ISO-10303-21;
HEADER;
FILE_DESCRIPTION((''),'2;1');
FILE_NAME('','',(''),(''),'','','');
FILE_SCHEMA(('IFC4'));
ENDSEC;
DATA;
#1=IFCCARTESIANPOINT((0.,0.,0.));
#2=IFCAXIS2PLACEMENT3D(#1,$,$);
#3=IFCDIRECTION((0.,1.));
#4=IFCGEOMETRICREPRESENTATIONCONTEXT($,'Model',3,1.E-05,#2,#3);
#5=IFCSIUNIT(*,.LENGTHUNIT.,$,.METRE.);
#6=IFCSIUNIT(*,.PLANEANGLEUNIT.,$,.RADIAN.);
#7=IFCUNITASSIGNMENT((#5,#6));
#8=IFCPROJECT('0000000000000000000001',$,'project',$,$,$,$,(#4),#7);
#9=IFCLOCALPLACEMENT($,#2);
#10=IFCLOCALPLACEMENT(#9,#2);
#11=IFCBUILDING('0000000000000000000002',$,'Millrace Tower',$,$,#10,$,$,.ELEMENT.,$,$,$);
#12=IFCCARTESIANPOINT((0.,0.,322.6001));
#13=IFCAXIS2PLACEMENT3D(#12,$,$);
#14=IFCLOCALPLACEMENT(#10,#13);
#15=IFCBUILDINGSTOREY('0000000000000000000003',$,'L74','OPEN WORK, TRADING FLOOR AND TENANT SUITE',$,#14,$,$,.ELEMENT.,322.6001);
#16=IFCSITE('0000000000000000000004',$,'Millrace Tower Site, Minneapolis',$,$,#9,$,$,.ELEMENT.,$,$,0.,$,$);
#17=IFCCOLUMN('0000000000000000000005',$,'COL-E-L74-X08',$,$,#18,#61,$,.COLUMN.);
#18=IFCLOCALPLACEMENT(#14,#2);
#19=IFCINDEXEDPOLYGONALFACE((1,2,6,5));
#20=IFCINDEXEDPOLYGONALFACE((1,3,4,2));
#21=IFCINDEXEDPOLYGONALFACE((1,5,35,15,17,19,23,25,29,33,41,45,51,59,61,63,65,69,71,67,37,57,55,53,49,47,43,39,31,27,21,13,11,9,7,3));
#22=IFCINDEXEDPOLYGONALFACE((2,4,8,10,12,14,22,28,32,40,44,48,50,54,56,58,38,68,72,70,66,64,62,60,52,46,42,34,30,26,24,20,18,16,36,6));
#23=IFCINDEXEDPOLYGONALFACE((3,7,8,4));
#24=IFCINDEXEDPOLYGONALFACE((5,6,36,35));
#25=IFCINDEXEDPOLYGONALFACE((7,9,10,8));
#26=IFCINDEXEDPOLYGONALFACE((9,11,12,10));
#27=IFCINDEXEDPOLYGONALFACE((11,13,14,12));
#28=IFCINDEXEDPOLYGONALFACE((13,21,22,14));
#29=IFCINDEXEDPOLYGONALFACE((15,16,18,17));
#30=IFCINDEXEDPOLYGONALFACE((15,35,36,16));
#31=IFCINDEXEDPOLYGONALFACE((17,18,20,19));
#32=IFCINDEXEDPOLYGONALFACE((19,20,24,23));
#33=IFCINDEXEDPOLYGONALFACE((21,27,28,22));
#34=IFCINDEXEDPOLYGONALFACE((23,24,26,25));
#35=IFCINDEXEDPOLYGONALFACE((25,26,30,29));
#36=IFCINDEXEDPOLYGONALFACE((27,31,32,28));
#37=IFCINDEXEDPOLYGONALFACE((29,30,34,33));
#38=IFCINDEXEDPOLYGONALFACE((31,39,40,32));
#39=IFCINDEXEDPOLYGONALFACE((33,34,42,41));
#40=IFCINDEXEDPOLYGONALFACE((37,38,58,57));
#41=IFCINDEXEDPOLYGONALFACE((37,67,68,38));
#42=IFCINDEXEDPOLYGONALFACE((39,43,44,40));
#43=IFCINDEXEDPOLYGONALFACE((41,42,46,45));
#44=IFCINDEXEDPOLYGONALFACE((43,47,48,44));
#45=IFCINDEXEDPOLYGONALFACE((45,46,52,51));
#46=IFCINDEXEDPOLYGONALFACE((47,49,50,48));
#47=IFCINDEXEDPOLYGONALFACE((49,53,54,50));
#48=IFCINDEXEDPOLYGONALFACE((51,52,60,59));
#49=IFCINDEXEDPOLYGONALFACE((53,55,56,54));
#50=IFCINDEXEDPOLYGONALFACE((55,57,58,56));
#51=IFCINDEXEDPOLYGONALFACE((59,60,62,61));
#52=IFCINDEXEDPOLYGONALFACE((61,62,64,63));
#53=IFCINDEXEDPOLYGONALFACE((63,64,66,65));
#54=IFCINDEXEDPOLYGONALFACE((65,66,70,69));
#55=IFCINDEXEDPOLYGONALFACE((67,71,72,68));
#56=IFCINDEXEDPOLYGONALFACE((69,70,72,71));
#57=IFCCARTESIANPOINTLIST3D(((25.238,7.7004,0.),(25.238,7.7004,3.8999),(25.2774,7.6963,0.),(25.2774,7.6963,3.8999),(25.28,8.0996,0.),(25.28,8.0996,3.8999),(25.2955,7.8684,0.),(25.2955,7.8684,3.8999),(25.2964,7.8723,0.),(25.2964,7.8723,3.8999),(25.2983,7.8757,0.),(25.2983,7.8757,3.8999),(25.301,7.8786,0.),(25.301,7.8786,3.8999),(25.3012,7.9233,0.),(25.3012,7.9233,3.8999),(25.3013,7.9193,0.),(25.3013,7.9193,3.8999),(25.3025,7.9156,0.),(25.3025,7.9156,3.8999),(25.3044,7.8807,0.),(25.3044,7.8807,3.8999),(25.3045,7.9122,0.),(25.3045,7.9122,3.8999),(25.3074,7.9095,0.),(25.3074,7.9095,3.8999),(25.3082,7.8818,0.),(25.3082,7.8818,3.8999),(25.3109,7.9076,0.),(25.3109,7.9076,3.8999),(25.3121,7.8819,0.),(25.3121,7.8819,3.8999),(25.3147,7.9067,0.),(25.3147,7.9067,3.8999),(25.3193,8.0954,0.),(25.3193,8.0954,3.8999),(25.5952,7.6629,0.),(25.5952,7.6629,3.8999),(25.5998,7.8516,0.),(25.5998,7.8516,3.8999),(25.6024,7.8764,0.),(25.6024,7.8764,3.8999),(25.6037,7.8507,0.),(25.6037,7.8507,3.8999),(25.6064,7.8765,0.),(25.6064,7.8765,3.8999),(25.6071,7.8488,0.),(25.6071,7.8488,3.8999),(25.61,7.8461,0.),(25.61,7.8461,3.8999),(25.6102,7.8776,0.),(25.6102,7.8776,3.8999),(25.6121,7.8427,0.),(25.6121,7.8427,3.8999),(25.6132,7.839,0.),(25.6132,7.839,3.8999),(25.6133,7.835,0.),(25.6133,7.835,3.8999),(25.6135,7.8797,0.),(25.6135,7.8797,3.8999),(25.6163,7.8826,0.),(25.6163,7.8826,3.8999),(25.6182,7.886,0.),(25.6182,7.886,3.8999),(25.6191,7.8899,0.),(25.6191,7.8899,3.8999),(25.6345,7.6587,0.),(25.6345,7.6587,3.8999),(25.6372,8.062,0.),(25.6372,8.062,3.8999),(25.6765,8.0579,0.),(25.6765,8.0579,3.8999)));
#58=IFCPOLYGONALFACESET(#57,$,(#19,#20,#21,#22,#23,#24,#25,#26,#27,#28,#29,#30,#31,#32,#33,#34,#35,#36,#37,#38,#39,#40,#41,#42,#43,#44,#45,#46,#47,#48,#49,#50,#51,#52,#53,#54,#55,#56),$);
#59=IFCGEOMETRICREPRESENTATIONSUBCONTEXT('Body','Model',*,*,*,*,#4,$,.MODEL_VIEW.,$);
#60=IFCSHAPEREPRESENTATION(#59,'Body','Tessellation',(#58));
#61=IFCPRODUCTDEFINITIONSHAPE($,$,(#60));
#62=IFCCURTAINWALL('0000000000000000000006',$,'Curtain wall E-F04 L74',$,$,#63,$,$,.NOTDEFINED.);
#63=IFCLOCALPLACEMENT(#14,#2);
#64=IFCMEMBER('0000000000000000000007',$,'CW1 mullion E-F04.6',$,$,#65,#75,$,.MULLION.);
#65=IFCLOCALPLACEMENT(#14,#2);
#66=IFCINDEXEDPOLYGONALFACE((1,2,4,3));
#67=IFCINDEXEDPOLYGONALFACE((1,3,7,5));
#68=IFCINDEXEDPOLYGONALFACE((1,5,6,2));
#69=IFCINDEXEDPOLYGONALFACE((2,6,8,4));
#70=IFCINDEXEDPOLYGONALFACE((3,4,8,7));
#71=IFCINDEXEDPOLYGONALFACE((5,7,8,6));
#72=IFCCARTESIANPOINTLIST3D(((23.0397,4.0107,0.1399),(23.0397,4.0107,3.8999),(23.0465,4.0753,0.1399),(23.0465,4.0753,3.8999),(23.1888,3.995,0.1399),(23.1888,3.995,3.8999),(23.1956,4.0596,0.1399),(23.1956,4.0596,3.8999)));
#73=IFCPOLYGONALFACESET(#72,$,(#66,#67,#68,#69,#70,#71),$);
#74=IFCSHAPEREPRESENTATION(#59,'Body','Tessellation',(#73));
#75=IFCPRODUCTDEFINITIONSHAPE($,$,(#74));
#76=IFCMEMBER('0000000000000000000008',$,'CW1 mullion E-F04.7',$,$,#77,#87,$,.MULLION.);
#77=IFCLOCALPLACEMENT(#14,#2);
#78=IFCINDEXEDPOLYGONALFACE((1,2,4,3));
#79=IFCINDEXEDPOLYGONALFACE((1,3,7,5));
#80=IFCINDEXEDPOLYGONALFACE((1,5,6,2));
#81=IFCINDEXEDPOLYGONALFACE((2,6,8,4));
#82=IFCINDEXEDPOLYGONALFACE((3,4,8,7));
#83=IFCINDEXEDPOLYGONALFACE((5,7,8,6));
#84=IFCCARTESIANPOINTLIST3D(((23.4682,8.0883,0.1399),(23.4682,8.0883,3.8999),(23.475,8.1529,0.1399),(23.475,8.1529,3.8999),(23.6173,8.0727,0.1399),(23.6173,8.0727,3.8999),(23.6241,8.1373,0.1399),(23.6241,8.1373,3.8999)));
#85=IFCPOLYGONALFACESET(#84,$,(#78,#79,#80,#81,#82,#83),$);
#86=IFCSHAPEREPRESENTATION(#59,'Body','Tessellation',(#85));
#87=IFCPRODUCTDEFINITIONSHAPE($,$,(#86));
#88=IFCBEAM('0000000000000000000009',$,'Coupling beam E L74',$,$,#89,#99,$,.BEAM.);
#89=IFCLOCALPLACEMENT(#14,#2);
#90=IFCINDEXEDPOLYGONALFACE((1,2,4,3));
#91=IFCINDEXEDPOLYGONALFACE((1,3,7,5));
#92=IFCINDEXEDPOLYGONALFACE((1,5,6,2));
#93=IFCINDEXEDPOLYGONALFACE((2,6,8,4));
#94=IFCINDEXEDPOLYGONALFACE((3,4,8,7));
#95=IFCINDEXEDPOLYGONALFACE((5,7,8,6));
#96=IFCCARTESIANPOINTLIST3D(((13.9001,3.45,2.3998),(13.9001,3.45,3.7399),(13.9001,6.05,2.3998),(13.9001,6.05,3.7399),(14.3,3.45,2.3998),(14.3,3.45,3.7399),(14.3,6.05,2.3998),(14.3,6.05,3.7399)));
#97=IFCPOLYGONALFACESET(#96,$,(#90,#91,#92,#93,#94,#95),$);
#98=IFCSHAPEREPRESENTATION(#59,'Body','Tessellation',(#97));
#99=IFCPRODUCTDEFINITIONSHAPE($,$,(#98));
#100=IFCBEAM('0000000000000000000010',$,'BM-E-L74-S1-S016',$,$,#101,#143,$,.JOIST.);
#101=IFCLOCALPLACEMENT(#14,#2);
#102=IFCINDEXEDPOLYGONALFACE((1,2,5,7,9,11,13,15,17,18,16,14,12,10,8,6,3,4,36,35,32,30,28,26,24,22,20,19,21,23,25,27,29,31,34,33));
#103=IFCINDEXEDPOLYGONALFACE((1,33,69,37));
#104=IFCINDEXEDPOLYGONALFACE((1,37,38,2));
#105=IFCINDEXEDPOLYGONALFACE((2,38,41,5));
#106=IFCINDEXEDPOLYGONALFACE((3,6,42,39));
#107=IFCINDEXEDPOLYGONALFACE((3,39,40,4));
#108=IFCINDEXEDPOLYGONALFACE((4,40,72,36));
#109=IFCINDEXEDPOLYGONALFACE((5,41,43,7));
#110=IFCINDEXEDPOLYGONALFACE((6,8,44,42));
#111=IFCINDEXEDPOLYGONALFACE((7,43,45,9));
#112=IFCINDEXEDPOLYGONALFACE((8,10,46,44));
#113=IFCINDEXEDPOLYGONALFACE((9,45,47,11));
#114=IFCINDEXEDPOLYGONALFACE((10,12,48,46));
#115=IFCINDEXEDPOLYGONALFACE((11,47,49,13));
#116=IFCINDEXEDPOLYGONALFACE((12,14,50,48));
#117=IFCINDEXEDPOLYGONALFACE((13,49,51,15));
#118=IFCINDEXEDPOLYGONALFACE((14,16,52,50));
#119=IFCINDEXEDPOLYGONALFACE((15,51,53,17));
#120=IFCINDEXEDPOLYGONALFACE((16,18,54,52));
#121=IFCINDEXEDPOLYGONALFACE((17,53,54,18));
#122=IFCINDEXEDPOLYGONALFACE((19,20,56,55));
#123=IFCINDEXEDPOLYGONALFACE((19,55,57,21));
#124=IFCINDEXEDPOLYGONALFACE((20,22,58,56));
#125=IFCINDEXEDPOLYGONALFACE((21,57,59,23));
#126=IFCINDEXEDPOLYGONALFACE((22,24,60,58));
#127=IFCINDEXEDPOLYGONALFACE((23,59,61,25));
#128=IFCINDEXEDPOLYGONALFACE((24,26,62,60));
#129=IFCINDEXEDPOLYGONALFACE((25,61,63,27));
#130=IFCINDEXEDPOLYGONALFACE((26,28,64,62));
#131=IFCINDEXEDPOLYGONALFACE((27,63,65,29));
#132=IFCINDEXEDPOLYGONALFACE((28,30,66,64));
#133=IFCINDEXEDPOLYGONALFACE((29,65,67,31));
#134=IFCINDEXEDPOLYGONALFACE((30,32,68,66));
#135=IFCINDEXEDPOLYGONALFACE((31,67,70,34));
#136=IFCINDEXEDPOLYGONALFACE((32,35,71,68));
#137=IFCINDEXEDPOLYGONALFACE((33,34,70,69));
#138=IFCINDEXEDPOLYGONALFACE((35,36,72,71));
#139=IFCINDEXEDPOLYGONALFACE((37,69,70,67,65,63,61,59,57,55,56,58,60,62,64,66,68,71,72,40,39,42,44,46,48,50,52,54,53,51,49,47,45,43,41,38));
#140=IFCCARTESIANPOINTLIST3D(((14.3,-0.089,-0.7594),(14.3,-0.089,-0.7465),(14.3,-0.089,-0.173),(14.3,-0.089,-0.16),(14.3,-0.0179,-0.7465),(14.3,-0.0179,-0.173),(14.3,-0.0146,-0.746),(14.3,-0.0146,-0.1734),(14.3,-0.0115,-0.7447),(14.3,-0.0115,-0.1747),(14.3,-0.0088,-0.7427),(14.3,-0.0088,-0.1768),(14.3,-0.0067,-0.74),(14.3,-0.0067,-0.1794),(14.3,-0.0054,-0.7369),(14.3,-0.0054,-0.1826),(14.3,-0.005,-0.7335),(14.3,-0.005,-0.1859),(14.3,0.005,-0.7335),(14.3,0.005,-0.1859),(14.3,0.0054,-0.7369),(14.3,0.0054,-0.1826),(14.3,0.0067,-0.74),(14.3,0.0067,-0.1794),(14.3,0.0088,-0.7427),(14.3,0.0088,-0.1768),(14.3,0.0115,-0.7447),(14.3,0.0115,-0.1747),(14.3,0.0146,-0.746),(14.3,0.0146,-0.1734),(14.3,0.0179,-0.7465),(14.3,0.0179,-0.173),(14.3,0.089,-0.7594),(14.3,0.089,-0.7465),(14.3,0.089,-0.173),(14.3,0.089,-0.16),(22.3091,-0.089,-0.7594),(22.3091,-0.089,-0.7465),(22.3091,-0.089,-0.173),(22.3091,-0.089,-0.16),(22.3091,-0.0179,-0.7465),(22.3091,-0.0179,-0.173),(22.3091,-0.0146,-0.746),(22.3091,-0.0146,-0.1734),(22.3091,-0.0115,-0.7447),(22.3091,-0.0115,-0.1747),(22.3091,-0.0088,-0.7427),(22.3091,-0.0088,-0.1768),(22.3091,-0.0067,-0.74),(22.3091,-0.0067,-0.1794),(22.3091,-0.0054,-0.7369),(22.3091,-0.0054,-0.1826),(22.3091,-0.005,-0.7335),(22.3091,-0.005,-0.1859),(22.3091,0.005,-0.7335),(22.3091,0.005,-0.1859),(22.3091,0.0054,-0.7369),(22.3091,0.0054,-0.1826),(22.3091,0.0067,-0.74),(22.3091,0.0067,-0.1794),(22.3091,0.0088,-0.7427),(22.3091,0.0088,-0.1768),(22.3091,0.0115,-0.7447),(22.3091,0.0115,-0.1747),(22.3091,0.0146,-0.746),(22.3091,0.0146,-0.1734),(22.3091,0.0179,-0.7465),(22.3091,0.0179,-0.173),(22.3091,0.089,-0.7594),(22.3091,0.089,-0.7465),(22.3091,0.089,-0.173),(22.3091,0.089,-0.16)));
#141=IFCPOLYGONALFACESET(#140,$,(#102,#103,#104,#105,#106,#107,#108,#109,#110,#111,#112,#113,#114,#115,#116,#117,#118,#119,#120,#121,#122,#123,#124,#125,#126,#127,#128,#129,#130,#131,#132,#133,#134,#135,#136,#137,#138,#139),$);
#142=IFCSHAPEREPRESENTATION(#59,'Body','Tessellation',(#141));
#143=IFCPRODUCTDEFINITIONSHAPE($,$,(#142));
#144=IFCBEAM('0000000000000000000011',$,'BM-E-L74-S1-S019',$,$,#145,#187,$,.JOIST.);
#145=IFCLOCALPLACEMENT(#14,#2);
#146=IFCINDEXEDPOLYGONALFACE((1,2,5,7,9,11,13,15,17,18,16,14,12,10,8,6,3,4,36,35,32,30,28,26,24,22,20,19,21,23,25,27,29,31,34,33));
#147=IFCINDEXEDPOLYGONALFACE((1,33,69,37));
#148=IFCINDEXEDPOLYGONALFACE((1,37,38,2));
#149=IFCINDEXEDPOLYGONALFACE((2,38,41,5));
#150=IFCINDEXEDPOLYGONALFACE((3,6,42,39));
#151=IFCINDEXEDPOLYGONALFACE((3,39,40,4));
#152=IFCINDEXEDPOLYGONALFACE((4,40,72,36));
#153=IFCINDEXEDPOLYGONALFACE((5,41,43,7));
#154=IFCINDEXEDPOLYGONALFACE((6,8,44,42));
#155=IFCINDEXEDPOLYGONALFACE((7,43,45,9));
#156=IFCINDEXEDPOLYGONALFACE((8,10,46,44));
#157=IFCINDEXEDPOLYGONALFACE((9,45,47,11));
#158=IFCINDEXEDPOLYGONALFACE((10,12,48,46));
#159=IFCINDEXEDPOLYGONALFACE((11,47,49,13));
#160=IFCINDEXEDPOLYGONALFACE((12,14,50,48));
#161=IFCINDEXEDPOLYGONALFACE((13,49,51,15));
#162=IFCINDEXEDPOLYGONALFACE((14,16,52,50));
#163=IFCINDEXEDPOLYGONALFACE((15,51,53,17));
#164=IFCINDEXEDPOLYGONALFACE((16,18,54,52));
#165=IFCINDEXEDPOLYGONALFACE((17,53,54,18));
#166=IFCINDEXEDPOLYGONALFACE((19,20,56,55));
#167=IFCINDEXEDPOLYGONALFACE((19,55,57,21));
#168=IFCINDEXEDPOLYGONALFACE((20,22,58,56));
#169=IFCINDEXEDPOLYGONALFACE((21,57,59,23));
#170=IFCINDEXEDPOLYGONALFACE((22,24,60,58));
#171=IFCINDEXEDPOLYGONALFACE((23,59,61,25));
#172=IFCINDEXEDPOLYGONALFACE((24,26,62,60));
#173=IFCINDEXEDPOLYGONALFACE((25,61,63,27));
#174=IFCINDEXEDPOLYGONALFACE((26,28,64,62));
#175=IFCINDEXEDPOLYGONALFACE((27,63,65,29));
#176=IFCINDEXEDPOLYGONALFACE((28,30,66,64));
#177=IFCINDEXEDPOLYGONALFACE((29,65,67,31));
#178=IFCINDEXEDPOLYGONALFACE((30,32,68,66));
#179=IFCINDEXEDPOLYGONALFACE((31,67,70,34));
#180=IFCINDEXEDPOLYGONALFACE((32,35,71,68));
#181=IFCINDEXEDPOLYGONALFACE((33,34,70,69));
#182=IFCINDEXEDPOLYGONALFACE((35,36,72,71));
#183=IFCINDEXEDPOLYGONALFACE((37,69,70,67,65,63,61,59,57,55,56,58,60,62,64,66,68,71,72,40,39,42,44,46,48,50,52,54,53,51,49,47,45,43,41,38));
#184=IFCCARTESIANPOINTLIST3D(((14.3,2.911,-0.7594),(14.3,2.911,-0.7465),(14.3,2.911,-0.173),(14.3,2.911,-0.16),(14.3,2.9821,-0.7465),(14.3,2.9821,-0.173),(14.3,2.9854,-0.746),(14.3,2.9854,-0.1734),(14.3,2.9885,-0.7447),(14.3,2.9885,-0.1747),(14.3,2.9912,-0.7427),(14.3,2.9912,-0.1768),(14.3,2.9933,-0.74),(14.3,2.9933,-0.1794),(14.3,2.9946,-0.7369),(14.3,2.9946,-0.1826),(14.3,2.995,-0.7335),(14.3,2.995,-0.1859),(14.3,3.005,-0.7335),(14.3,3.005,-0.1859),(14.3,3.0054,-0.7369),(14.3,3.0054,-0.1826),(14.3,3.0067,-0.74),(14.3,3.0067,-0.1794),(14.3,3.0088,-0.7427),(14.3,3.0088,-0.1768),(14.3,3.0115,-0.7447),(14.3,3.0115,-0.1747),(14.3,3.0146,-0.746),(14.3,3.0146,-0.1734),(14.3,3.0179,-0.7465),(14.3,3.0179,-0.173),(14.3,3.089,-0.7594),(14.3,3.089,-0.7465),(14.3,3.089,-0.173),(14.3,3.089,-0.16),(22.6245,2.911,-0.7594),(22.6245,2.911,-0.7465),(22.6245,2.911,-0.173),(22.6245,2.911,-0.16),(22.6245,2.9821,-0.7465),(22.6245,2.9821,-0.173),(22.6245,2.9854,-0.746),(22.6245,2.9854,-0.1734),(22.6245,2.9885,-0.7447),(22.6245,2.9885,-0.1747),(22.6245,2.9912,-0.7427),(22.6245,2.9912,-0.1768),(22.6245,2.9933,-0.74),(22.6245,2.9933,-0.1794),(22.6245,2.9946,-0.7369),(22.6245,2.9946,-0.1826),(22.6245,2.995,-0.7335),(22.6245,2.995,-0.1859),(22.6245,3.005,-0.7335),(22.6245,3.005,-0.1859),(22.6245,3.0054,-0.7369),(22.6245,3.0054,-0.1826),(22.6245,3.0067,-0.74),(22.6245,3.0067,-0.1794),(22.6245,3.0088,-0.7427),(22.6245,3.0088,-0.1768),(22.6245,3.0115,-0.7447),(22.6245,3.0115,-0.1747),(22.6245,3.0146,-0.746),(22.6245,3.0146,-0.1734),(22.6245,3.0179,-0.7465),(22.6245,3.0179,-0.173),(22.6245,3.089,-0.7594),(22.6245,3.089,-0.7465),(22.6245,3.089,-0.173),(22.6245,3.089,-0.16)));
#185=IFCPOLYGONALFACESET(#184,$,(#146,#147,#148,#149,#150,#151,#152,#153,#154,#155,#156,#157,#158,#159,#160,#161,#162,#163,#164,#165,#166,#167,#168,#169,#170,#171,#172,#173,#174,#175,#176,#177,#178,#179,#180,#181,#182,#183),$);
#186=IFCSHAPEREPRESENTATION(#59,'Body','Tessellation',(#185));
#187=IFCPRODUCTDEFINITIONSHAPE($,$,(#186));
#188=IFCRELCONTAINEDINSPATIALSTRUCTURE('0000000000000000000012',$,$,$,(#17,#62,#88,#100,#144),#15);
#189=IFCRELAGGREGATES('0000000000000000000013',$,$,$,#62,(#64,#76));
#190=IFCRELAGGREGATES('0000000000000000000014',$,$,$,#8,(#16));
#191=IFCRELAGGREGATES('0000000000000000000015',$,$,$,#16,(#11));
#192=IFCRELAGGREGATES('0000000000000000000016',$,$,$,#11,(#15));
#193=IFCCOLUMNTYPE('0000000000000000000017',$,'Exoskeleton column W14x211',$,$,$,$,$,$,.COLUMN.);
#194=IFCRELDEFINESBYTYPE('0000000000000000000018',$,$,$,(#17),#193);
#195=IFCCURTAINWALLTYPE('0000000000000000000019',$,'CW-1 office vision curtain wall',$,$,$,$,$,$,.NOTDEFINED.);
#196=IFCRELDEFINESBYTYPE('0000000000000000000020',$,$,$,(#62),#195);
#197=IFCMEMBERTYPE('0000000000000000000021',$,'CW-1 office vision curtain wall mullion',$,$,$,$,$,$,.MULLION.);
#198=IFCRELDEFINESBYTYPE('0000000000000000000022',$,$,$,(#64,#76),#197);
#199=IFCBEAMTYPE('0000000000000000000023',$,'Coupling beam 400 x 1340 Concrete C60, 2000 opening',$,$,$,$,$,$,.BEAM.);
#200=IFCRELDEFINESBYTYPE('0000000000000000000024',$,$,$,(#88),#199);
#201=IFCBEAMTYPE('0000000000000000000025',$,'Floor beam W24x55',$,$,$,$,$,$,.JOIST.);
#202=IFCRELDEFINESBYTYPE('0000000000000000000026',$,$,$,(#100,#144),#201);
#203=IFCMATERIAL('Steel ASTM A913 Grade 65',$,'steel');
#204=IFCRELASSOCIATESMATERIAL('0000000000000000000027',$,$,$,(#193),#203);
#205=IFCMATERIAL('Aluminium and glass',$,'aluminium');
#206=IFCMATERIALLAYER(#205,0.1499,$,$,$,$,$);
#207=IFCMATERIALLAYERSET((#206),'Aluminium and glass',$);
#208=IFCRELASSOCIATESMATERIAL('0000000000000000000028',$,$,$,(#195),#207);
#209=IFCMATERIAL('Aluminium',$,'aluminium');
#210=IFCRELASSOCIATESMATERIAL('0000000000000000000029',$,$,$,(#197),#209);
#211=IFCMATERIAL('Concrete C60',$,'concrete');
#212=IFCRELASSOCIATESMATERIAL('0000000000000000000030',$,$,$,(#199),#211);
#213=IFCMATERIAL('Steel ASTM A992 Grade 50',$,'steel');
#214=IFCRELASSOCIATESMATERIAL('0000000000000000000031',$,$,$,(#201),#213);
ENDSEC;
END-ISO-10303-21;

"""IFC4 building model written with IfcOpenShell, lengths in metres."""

from ifc_helpers import new_model, si_unit, direction, frame, origin, origin_2d, place, context, subcontext, project, spatial, rectangle, i_section, extrude, material, layer, layer_set, material_profile, profile_set, type_object, element, aggregate, save


model = new_model("IFC4")

# Units and contexts
model_context = context("Model", 3, precision=1e-05, world=origin(), true_north=direction((0.0, 1.0)))
body_context = subcontext(model_context, "Body", "Model", "MODEL_VIEW")
ifc_project = project(units=[si_unit("LENGTHUNIT", "METRE"), si_unit("PLANEANGLEUNIT", "RADIAN")], contexts=[model_context])

# Site, building, storey
site_placement = place(None, origin())
site = spatial("IfcSite", under=ifc_project, at=site_placement, Name="Millrace Tower Site, Minneapolis", CompositionType="ELEMENT", RefElevation=0.0)
building_placement = place(site_placement, origin())
building = spatial("IfcBuilding", under=site, at=building_placement, Name="Millrace Tower", CompositionType="ELEMENT")
storey_placement = place(building_placement, frame((0.0, 0.0, 322.6001)))
storey = spatial("IfcBuildingStorey", under=building, at=storey_placement, Name="L74", Description="OPEN WORK, TRADING FLOOR AND TENANT SUITE", CompositionType="ELEMENT", Elevation=322.6001)

# Column
ifc_material_1 = material(Name="Steel ASTM A913 Grade 65", Category="steel")
ifc_material_profile_1 = material_profile(ifc_material_1, i_section(OverallWidth=0.4014, OverallDepth=0.3987, WebThickness=0.0249, FlangeThickness=0.0396, FilletRadius=0.0151, at=origin_2d()))
ifc_profile_set_1 = profile_set([ifc_material_profile_1], Name="Steel ASTM A913 Grade 65")
column_type = type_object("IfcColumnType", Name="Exoskeleton column W14x211", PredefinedType="COLUMN", material=ifc_profile_set_1)
column_placement = place(storey_placement, frame((25.4573, 7.8792, 0.0), z_axis=(0.0, 0.0, 1.0), x_axis=(0.104528, 0.994522, 0.0)))
element("IfcColumn", 1, at=column_placement, inside=storey, type_object=column_type, Name="COL-E-L74-X08", PredefinedType="COLUMN", context=body_context, shape_type="SweptSolid", body=[
    extrude(i_section(OverallWidth=0.4014, OverallDepth=0.3987, WebThickness=0.0249, FlangeThickness=0.0396, FilletRadius=0.0151, at=origin_2d()), origin(), (0.0, 0.0, 1.0), 3.8999),
])

# Curtain wall, members
ifc_material_2 = material(Name="Aluminium and glass", Category="aluminium")
ifc_layer_1 = layer(ifc_material_2, 0.1499)
ifc_layer_set_1 = layer_set([ifc_layer_1], Name="Aluminium and glass")
curtain_wall_type = type_object("IfcCurtainWallType", Name="CW-1 office vision curtain wall", PredefinedType="NOTDEFINED", material=ifc_layer_set_1)
curtain_wall_placement = place(storey_placement, origin())
curtain_wall = element("IfcCurtainWall", 2, at=curtain_wall_placement, inside=storey, type_object=curtain_wall_type, Name="Curtain wall E-F04 L74", PredefinedType="NOTDEFINED")
ifc_material_3 = material(Name="Aluminium", Category="aluminium")
ifc_material_profile_2 = material_profile(ifc_material_3, rectangle(XDim=0.0649, YDim=0.1499, at=origin_2d()))
ifc_profile_set_2 = profile_set([ifc_material_profile_2], Name="Aluminium")
member_type = type_object("IfcMemberType", Name="CW-1 office vision curtain wall mullion", PredefinedType="MULLION", material=ifc_profile_set_2)
member_1_placement = place(storey_placement, frame((23.1177, 4.0352, 0.1399), z_axis=(0.0, 0.0, 1.0), x_axis=(0.104528, 0.994522, 0.0)))
member_1 = element("IfcMember", 3, at=member_1_placement, type_object=member_type, Name="CW1 mullion E-F04.6", PredefinedType="MULLION", context=body_context, shape_type="SweptSolid", body=[
    extrude(rectangle(XDim=0.0649, YDim=0.1499, at=origin_2d()), origin(), (0.0, 0.0, 1.0), 3.76),
])
member_2_placement = place(storey_placement, frame((23.5461, 8.1128, 0.1399), z_axis=(0.0, 0.0, 1.0), x_axis=(0.104528, 0.994522, 0.0)))
member_2 = element("IfcMember", 4, at=member_2_placement, type_object=member_type, Name="CW1 mullion E-F04.7", PredefinedType="MULLION", context=body_context, shape_type="SweptSolid", body=[
    extrude(rectangle(XDim=0.0649, YDim=0.1499, at=origin_2d()), origin(), (0.0, 0.0, 1.0), 3.76),
])
aggregate(curtain_wall, [member_1, member_2])

# Beams
ifc_material_4 = material(Name="Concrete C60", Category="concrete")
ifc_material_profile_3 = material_profile(ifc_material_4, rectangle(XDim=0.3999, YDim=1.3401, at=origin_2d()))
ifc_profile_set_3 = profile_set([ifc_material_profile_3], Name="Concrete C60")
beam_type_1 = type_object("IfcBeamType", Name="Coupling beam 400 x 1340 Concrete C60, 2000 opening", PredefinedType="BEAM", material=ifc_profile_set_3)
beam_1_placement = place(storey_placement, frame((14.1001, 6.05, 3.0698), z_axis=(0.0, -1.0, 0.0), x_axis=(1.0, 0.0, 0.0)))
element("IfcBeam", 5, at=beam_1_placement, inside=storey, type_object=beam_type_1, Name="Coupling beam E L74", PredefinedType="BEAM", context=body_context, shape_type="SweptSolid", body=[
    extrude(rectangle(XDim=0.3999, YDim=1.3401, at=origin_2d()), origin(), (0.0, 0.0, 1.0), 2.6001),
])
ifc_material_5 = material(Name="Steel ASTM A992 Grade 50", Category="steel")
ifc_material_profile_4 = material_profile(ifc_material_5, i_section(OverallWidth=0.178, OverallDepth=0.5994, WebThickness=0.01, FlangeThickness=0.0129, FilletRadius=0.0129, at=origin_2d()))
ifc_profile_set_4 = profile_set([ifc_material_profile_4], Name="Steel ASTM A992 Grade 50")
beam_type_2 = type_object("IfcBeamType", Name="Floor beam W24x55", PredefinedType="JOIST", material=ifc_profile_set_4)
beam_2_placement = place(storey_placement, frame((14.3, 0.0, -0.4597), z_axis=(1.0, 0.0, 0.0), x_axis=(0.0, 1.0, 0.0)))
element("IfcBeam", 6, at=beam_2_placement, inside=storey, type_object=beam_type_2, Name="BM-E-L74-S1-S016", PredefinedType="JOIST", context=body_context, shape_type="SweptSolid", body=[
    extrude(i_section(OverallWidth=0.178, OverallDepth=0.5994, WebThickness=0.01, FlangeThickness=0.0129, FilletRadius=0.0129, at=origin_2d()), origin(), (0.0, 0.0, 1.0), 8.009),
])
beam_3_placement = place(storey_placement, frame((14.3, 3.0, -0.4597), z_axis=(1.0, 0.0, 0.0), x_axis=(0.0, 1.0, 0.0)))
element("IfcBeam", 7, at=beam_3_placement, inside=storey, type_object=beam_type_2, Name="BM-E-L74-S1-S019", PredefinedType="JOIST", context=body_context, shape_type="SweptSolid", body=[
    extrude(i_section(OverallWidth=0.178, OverallDepth=0.5994, WebThickness=0.01, FlangeThickness=0.0129, FilletRadius=0.0129, at=origin_2d()), origin(), (0.0, 0.0, 1.0), 8.3245),
])

save(model, "model.ifc")
